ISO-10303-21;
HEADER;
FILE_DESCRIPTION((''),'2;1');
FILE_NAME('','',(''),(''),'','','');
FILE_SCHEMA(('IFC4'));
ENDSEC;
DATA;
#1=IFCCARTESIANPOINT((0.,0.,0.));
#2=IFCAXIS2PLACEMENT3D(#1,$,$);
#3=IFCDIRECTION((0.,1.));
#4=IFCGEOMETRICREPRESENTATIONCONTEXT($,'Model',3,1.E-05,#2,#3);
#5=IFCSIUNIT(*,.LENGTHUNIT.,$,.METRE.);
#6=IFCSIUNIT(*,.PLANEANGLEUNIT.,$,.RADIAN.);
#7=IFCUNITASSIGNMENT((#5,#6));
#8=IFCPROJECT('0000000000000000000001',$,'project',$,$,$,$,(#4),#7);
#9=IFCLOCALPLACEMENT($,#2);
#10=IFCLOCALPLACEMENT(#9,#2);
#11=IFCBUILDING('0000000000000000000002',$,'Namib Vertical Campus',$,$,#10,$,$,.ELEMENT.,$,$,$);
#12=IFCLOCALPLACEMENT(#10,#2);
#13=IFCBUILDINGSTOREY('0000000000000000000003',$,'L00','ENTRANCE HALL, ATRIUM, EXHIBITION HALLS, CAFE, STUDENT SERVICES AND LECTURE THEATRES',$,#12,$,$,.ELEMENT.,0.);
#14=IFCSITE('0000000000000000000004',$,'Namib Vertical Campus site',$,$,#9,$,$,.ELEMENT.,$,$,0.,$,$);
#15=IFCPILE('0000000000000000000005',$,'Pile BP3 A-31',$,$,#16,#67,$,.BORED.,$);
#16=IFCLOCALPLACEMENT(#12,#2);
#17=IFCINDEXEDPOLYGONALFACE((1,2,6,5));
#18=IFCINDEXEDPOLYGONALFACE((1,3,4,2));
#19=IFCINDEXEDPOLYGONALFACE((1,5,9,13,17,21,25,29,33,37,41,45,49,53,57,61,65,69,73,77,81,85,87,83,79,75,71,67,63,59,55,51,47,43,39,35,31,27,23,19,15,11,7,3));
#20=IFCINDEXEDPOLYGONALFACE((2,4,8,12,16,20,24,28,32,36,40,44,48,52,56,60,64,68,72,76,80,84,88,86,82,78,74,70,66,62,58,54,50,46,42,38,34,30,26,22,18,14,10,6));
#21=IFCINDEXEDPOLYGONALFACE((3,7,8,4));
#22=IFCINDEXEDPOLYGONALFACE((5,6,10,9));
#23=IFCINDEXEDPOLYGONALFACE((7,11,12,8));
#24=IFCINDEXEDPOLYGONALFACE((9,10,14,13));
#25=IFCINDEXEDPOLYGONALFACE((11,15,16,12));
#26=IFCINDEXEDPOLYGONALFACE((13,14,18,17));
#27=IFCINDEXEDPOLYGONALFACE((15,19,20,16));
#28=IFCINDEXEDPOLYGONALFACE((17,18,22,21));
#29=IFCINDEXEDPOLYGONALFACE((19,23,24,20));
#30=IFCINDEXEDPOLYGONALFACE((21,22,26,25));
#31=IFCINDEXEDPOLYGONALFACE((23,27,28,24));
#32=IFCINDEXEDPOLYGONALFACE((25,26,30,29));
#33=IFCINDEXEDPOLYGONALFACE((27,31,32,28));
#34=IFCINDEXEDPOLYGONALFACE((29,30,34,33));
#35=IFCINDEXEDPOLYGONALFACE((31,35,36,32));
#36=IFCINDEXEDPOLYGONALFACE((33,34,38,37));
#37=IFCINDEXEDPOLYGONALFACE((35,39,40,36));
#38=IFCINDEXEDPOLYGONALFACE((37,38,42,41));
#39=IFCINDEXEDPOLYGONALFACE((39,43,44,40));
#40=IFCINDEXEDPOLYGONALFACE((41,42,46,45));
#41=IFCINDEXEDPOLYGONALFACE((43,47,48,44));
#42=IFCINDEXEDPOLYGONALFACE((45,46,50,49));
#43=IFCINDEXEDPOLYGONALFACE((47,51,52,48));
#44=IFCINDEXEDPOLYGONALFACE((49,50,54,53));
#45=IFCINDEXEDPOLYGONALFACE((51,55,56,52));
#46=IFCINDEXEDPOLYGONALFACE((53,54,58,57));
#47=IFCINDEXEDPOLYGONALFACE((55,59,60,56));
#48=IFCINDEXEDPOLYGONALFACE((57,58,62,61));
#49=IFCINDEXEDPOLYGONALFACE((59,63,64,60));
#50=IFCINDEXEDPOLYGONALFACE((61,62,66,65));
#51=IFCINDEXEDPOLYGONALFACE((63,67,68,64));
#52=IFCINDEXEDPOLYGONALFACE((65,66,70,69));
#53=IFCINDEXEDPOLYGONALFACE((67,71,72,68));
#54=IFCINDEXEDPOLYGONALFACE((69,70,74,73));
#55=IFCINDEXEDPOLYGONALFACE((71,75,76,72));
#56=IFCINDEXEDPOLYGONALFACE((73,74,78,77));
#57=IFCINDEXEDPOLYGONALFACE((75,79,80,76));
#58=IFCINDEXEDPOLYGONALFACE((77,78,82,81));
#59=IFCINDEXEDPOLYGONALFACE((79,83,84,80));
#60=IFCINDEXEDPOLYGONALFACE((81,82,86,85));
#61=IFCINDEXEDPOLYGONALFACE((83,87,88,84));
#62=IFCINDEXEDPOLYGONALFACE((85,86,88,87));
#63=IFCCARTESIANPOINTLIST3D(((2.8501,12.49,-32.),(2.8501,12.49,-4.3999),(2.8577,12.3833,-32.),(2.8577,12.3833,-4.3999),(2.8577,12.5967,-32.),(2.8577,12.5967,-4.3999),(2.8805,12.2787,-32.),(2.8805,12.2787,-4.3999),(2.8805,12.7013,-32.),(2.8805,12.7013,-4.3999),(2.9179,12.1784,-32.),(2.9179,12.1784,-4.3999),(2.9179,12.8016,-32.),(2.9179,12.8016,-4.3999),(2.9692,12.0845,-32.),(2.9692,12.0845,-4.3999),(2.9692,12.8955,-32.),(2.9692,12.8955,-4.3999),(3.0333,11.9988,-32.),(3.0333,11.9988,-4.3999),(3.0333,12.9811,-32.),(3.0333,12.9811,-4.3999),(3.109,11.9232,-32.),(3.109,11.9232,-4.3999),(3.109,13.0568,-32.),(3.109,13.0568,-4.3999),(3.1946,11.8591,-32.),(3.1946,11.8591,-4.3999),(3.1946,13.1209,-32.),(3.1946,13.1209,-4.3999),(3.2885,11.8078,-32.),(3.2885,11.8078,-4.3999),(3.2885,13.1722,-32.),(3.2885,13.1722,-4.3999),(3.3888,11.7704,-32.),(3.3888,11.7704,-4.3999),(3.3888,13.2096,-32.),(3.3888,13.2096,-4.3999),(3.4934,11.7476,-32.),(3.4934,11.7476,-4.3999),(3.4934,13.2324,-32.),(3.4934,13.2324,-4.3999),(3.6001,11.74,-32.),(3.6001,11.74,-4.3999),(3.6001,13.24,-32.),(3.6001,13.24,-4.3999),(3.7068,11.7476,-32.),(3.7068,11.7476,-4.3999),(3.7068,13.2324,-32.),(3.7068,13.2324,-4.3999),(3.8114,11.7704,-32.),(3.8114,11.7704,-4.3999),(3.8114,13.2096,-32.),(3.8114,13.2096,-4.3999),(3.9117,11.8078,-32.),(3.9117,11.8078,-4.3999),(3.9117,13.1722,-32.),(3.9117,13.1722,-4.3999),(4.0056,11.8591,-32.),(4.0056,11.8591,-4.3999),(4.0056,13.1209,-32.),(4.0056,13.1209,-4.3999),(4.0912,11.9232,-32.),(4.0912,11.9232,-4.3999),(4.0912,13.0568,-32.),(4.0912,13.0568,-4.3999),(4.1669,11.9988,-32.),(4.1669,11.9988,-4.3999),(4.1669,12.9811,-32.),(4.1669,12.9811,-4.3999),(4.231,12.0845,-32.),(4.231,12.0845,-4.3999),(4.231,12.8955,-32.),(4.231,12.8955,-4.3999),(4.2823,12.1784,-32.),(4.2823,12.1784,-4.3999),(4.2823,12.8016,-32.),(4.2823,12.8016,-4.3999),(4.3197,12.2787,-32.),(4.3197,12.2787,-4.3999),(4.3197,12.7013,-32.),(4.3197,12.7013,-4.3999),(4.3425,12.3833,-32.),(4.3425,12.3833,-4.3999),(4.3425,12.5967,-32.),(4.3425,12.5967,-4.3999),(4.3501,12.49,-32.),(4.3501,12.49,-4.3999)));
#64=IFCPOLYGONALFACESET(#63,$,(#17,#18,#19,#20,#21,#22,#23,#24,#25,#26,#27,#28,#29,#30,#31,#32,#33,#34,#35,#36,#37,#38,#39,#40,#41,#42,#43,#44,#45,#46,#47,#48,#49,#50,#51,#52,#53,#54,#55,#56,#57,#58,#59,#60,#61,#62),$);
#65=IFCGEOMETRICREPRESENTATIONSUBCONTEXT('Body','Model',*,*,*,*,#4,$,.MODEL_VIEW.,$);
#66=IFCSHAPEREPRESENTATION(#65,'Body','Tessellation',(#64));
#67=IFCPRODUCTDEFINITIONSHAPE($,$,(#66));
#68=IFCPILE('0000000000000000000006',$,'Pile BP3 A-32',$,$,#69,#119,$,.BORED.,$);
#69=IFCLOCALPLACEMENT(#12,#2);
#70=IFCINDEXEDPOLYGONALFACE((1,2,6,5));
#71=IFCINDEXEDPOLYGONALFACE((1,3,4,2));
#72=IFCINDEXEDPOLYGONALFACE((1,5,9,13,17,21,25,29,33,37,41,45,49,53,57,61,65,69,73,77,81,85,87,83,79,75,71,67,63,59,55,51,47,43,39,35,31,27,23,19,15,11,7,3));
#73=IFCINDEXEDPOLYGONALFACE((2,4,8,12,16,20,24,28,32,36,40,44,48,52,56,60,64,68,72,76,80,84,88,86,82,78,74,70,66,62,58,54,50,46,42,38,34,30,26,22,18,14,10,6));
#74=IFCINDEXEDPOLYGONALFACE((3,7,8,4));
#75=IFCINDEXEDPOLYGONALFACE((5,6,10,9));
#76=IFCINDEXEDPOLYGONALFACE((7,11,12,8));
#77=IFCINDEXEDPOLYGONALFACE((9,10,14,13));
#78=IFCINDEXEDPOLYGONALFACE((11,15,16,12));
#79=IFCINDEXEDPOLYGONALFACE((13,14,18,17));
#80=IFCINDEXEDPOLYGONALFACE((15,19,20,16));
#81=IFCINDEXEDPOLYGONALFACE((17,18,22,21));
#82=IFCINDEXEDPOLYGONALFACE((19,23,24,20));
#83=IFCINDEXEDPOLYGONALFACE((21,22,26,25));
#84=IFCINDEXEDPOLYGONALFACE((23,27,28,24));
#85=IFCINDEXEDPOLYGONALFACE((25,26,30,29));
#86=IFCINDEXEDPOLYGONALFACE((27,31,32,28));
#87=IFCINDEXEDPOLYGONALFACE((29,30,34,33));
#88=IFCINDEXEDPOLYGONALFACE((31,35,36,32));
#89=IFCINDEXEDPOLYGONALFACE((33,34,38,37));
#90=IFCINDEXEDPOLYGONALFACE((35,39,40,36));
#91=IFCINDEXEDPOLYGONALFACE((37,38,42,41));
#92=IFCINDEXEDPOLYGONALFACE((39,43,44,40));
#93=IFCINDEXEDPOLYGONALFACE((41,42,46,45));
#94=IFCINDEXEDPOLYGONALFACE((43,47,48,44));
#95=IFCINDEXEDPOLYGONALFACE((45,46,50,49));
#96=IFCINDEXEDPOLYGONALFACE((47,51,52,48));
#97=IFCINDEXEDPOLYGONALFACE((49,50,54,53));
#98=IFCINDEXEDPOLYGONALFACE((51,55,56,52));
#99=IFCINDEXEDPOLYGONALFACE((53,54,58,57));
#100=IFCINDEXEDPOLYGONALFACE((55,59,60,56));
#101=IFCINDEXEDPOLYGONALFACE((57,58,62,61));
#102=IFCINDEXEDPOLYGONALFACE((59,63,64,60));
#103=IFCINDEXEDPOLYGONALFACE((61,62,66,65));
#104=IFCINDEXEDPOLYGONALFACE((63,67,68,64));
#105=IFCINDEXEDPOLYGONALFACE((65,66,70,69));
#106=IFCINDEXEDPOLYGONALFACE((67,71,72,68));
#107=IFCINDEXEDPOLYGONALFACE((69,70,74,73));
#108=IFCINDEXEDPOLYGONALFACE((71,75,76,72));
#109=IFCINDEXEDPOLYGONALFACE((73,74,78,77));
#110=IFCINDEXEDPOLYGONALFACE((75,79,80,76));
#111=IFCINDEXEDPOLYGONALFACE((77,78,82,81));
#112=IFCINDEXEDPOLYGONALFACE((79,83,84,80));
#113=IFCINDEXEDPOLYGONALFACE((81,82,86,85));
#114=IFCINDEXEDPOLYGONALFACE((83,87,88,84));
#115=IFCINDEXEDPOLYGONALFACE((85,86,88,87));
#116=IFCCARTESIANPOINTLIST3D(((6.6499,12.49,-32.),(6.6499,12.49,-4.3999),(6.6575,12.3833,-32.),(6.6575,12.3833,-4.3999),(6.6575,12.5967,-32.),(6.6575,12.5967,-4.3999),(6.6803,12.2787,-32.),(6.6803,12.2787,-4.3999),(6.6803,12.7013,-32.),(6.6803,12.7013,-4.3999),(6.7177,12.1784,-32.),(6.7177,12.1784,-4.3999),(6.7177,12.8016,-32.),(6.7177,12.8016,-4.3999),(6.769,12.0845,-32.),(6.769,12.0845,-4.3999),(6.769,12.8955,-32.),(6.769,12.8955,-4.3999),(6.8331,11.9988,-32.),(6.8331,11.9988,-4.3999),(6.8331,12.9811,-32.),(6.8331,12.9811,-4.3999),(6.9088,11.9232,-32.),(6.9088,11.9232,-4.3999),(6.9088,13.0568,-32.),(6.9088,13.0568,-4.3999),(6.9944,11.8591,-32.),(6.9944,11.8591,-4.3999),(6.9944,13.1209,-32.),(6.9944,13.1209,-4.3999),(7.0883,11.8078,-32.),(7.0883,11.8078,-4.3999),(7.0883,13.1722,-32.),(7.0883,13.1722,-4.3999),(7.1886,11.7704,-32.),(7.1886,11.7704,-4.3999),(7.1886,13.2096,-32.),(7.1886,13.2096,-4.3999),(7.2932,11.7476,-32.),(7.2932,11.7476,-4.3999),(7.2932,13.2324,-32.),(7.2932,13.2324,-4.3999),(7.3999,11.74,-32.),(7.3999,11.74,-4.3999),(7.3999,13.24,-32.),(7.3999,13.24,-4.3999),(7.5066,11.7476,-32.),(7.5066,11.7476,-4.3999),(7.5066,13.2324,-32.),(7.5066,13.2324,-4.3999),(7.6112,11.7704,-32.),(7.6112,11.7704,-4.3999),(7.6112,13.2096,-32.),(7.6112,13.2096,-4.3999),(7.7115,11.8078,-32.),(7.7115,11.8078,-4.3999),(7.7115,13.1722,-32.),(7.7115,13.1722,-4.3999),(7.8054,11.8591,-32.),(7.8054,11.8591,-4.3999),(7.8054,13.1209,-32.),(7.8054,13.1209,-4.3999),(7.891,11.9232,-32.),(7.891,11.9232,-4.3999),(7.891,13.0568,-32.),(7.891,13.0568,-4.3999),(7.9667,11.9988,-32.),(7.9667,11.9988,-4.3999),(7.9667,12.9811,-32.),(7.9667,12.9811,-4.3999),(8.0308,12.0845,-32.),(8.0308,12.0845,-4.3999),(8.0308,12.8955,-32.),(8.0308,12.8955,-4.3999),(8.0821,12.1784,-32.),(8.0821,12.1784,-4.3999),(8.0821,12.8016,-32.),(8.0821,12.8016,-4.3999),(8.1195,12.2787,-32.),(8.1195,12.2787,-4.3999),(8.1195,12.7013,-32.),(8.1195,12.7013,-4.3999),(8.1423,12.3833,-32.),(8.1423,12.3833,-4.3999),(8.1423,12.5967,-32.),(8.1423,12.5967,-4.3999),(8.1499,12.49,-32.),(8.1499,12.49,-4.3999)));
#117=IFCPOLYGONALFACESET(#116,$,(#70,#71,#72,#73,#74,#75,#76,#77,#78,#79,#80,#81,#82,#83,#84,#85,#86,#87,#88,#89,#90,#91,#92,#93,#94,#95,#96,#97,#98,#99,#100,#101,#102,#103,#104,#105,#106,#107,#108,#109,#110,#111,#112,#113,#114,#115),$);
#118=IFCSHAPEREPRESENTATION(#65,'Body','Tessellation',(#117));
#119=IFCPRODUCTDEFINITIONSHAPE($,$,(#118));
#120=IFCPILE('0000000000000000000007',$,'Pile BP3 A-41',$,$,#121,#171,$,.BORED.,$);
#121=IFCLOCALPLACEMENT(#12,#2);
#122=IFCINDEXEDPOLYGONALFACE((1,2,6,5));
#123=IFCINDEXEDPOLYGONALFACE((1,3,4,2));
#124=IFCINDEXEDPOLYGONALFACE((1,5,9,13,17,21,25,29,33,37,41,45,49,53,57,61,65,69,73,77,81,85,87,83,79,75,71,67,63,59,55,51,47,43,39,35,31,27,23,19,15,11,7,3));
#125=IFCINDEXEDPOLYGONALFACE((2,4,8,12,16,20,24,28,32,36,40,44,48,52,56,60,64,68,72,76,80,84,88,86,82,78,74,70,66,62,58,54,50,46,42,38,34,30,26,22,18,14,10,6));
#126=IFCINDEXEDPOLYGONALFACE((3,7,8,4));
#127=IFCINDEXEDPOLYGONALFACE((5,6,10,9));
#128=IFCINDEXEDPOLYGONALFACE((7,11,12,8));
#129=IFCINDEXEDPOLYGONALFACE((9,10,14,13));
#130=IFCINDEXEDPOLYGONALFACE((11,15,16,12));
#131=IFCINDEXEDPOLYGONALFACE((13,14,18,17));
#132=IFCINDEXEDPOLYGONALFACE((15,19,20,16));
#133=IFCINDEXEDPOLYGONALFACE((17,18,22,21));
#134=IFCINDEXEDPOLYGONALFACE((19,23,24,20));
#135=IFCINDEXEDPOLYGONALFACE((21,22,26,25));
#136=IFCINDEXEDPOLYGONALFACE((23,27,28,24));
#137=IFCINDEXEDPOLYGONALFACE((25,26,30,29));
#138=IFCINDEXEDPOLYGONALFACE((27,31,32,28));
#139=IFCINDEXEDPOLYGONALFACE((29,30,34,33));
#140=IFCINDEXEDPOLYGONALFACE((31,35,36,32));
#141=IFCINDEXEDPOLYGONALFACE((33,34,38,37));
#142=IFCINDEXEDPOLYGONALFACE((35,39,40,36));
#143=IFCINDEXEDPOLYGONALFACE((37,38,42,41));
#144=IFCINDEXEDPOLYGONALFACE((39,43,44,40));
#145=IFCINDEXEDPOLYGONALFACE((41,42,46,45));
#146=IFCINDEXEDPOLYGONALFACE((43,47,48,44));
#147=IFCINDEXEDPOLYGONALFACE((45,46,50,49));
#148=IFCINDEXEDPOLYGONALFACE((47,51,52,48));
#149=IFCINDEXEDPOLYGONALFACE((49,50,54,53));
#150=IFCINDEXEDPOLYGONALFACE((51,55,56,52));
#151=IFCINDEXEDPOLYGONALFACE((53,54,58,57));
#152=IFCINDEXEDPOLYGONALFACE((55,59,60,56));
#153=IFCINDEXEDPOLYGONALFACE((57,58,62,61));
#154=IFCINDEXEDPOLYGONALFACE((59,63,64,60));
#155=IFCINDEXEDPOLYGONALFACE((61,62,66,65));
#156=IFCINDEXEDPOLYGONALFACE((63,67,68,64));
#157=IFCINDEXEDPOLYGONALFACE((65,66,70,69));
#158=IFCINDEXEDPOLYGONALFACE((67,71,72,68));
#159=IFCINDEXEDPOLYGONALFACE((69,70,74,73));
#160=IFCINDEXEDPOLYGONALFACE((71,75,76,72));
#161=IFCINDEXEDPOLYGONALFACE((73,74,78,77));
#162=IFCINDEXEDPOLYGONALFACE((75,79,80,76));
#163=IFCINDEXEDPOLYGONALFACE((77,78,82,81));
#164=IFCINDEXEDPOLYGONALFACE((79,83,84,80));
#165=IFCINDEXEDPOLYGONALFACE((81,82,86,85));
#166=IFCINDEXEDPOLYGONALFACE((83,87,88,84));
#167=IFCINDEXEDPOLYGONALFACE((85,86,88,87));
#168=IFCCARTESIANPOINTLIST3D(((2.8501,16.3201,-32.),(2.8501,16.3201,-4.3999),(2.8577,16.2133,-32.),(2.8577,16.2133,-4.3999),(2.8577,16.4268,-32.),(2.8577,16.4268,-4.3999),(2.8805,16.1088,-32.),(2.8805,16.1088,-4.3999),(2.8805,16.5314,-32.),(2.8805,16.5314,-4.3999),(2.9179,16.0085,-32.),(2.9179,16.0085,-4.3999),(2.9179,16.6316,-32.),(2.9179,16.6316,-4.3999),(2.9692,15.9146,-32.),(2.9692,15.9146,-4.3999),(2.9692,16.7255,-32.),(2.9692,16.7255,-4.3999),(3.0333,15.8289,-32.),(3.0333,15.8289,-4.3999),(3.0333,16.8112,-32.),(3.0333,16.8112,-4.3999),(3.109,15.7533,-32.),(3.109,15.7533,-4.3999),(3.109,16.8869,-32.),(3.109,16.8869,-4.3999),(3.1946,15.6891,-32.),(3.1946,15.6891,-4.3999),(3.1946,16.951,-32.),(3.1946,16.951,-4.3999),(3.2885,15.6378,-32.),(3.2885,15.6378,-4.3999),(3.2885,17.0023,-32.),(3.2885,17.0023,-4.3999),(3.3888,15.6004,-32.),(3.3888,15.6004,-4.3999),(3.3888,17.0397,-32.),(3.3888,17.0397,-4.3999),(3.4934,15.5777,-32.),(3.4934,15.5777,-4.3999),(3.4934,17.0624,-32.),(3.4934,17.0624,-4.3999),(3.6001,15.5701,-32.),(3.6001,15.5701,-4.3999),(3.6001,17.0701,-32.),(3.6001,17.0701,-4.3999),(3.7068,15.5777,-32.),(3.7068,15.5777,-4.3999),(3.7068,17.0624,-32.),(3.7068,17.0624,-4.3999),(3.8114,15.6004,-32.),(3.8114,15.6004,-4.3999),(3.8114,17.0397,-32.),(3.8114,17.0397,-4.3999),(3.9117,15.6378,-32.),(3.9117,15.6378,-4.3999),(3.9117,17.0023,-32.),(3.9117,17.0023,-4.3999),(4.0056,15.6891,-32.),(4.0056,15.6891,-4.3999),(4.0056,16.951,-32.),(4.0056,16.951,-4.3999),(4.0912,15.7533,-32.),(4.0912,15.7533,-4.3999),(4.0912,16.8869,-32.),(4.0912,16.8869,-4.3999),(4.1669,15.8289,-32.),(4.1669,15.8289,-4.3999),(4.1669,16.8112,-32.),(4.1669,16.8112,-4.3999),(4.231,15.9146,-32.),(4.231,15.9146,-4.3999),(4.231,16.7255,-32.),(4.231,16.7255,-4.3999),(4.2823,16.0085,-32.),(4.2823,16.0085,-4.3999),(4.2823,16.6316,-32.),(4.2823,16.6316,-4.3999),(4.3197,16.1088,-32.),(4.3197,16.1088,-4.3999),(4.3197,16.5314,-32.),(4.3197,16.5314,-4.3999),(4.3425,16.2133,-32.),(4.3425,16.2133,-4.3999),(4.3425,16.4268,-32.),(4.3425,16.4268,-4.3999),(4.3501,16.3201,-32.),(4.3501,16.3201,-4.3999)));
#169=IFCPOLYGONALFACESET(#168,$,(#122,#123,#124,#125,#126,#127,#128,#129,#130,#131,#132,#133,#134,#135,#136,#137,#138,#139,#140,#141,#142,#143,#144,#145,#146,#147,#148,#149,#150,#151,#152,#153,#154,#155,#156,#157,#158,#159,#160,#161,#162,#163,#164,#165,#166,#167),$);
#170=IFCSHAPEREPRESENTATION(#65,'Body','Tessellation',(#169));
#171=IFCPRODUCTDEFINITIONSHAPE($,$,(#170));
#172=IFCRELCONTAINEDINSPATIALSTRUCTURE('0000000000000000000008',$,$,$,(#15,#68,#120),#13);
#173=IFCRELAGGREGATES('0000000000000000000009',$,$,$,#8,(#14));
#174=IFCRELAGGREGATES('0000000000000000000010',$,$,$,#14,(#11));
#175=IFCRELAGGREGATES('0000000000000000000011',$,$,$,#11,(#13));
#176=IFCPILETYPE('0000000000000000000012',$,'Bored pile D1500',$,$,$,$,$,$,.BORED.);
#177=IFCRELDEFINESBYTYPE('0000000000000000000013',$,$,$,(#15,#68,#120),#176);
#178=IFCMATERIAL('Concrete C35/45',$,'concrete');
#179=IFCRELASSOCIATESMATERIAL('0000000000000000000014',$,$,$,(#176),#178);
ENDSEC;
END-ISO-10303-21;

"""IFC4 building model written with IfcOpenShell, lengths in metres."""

from ifc_helpers import new_model, si_unit, direction, frame, origin, origin_2d, place, context, subcontext, project, spatial, circle, extrude, material, material_profile, profile_set, type_object, element, save


model = new_model("IFC4")

# Units and contexts
model_context = context("Model", 3, precision=1e-05, world=origin(), true_north=direction((0.0, 1.0)))
body_context = subcontext(model_context, "Body", "Model", "MODEL_VIEW")
ifc_project = project(units=[si_unit("LENGTHUNIT", "METRE"), si_unit("PLANEANGLEUNIT", "RADIAN")], contexts=[model_context])

# Site, building, storey
site_placement = place(None, origin())
site = spatial("IfcSite", under=ifc_project, at=site_placement, Name="Namib Vertical Campus site", CompositionType="ELEMENT", RefElevation=0.0)
building_placement = place(site_placement, origin())
building = spatial("IfcBuilding", under=site, at=building_placement, Name="Namib Vertical Campus", CompositionType="ELEMENT")
storey_placement = place(building_placement, origin())
storey = spatial("IfcBuildingStorey", under=building, at=storey_placement, Name="L00", Description="ENTRANCE HALL, ATRIUM, EXHIBITION HALLS, CAFE, STUDENT SERVICES AND LECTURE THEATRES", CompositionType="ELEMENT", Elevation=0.0)

# Piles
ifc_material_1 = material(Name="Concrete C35/45", Category="concrete")
ifc_material_profile_1 = material_profile(ifc_material_1, circle(Radius=0.75, at=origin_2d()))
ifc_profile_set_1 = profile_set([ifc_material_profile_1], Name="Concrete C35/45")
pile_type = type_object("IfcPileType", Name="Bored pile D1500", PredefinedType="BORED", material=ifc_profile_set_1)
for number, where, z_axis, x_axis, name in (
    (1, (3.6001, 12.49, -4.3999), (0.0, 0.0, -1.0), (1.0, 0.0, 0.0), "Pile BP3 A-31"),
    (2, (7.3999, 12.49, -4.3999), (0.0, 0.0, -1.0), (1.0, 0.0, 0.0), "Pile BP3 A-32"),
    (3, (3.6001, 16.3201, -4.3999), (0.0, 0.0, -1.0), (1.0, 0.0, 0.0), "Pile BP3 A-41"),
):
    element("IfcPile", number, at=place(storey_placement, frame(where, z_axis=z_axis, x_axis=x_axis)), inside=storey, type_object=pile_type, Name=name, PredefinedType="BORED", context=body_context, shape_type="SweptSolid", body=[
        extrude(circle(Radius=0.75, at=origin_2d()), origin(), (0.0, 0.0, 1.0), 27.6001),
    ])

save(model, "model.ifc")
